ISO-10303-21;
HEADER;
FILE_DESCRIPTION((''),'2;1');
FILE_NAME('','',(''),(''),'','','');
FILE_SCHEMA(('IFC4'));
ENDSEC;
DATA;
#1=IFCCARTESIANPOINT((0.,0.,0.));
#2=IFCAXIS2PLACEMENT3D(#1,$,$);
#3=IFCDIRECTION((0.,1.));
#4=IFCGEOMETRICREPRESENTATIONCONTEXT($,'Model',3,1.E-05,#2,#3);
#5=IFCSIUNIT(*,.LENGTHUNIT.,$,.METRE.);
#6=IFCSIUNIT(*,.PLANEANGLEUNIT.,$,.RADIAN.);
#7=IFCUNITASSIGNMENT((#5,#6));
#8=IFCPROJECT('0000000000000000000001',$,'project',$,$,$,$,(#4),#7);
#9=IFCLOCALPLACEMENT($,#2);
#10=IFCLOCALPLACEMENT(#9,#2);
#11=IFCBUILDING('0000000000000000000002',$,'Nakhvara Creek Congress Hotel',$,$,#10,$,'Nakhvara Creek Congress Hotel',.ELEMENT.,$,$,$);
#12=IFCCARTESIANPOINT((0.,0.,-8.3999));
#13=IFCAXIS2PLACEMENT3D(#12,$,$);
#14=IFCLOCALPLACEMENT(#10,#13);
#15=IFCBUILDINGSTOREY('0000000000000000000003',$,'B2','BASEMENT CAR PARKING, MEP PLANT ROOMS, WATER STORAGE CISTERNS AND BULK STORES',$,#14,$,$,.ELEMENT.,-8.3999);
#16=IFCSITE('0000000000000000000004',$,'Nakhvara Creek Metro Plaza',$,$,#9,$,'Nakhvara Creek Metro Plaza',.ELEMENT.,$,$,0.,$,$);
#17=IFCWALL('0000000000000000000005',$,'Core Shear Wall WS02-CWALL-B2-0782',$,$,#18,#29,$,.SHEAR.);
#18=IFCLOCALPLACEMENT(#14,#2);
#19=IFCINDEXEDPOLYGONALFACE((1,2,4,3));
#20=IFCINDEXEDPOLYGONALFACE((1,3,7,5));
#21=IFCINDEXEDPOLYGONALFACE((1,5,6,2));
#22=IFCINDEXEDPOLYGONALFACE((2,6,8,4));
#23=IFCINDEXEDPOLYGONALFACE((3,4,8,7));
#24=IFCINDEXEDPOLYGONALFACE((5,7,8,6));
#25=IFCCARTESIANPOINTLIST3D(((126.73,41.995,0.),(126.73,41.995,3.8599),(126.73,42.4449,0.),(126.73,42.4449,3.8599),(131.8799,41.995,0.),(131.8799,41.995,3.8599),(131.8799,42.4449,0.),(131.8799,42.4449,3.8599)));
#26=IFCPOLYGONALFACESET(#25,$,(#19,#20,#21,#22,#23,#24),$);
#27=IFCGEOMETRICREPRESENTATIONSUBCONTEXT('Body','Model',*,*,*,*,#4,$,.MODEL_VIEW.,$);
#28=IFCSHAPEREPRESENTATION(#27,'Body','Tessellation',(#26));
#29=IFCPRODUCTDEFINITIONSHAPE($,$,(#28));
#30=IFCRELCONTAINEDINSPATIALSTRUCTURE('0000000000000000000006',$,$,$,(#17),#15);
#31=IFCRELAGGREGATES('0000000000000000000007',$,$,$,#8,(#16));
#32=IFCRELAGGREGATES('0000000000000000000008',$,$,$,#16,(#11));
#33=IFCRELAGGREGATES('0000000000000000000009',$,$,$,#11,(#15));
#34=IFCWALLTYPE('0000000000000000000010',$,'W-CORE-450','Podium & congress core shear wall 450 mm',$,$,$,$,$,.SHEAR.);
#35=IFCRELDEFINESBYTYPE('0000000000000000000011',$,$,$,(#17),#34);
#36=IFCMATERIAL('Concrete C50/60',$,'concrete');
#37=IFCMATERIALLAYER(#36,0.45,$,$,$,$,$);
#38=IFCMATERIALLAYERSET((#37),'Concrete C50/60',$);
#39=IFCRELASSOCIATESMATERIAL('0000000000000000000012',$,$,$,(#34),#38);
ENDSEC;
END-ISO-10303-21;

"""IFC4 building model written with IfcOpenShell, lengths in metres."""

from ifc_helpers import new_model, si_unit, direction, frame, frame_2d, origin, place, context, subcontext, project, spatial, rectangle, extrude, material, layer, layer_set, type_object, element, save


model = new_model("IFC4")

# Units and contexts
model_context = context("Model", 3, precision=1e-05, world=origin(), true_north=direction((0.0, 1.0)))
body_context = subcontext(model_context, "Body", "Model", "MODEL_VIEW")
ifc_project = project(units=[si_unit("LENGTHUNIT", "METRE"), si_unit("PLANEANGLEUNIT", "RADIAN")], contexts=[model_context])

# Site, building, storey
site_placement = place(None, origin())
site = spatial("IfcSite", under=ifc_project, at=site_placement, Name="Nakhvara Creek Metro Plaza", LongName="Nakhvara Creek Metro Plaza", CompositionType="ELEMENT", RefElevation=0.0)
building_placement = place(site_placement, origin())
building = spatial("IfcBuilding", under=site, at=building_placement, Name="Nakhvara Creek Congress Hotel", LongName="Nakhvara Creek Congress Hotel", CompositionType="ELEMENT")
storey_placement = place(building_placement, frame((0.0, 0.0, -8.3999)))
storey = spatial("IfcBuildingStorey", under=building, at=storey_placement, Name="B2", Description="BASEMENT CAR PARKING, MEP PLANT ROOMS, WATER STORAGE CISTERNS AND BULK STORES", CompositionType="ELEMENT", Elevation=-8.3999)

# Shared definitions
ifc_material_1 = material(Name="Concrete C50/60", Category="concrete")

# Wall
ifc_layer = layer(ifc_material_1, 0.45)
ifc_layer_set = layer_set([ifc_layer], Name="Concrete C50/60")
wall_type = type_object("IfcWallType", Name="W-CORE-450", Description="Podium & congress core shear wall 450 mm", PredefinedType="SHEAR", material=ifc_layer_set)
wall_placement = place(storey_placement, frame((126.73, 42.22, 0.0), z_axis=(0.0, 0.0, 1.0), x_axis=(1.0, 0.0, 0.0)))
element("IfcWall", 1, at=wall_placement, inside=storey, type_object=wall_type, Name="Core Shear Wall WS02-CWALL-B2-0782", PredefinedType="SHEAR", context=body_context, shape_type="SweptSolid", body=[
    extrude(rectangle(XDim=5.1499, YDim=0.45, at=frame_2d((2.575, 0.0))), origin(), (0.0, 0.0, 1.0), 3.8599),
])

save(model, "model.ifc")
